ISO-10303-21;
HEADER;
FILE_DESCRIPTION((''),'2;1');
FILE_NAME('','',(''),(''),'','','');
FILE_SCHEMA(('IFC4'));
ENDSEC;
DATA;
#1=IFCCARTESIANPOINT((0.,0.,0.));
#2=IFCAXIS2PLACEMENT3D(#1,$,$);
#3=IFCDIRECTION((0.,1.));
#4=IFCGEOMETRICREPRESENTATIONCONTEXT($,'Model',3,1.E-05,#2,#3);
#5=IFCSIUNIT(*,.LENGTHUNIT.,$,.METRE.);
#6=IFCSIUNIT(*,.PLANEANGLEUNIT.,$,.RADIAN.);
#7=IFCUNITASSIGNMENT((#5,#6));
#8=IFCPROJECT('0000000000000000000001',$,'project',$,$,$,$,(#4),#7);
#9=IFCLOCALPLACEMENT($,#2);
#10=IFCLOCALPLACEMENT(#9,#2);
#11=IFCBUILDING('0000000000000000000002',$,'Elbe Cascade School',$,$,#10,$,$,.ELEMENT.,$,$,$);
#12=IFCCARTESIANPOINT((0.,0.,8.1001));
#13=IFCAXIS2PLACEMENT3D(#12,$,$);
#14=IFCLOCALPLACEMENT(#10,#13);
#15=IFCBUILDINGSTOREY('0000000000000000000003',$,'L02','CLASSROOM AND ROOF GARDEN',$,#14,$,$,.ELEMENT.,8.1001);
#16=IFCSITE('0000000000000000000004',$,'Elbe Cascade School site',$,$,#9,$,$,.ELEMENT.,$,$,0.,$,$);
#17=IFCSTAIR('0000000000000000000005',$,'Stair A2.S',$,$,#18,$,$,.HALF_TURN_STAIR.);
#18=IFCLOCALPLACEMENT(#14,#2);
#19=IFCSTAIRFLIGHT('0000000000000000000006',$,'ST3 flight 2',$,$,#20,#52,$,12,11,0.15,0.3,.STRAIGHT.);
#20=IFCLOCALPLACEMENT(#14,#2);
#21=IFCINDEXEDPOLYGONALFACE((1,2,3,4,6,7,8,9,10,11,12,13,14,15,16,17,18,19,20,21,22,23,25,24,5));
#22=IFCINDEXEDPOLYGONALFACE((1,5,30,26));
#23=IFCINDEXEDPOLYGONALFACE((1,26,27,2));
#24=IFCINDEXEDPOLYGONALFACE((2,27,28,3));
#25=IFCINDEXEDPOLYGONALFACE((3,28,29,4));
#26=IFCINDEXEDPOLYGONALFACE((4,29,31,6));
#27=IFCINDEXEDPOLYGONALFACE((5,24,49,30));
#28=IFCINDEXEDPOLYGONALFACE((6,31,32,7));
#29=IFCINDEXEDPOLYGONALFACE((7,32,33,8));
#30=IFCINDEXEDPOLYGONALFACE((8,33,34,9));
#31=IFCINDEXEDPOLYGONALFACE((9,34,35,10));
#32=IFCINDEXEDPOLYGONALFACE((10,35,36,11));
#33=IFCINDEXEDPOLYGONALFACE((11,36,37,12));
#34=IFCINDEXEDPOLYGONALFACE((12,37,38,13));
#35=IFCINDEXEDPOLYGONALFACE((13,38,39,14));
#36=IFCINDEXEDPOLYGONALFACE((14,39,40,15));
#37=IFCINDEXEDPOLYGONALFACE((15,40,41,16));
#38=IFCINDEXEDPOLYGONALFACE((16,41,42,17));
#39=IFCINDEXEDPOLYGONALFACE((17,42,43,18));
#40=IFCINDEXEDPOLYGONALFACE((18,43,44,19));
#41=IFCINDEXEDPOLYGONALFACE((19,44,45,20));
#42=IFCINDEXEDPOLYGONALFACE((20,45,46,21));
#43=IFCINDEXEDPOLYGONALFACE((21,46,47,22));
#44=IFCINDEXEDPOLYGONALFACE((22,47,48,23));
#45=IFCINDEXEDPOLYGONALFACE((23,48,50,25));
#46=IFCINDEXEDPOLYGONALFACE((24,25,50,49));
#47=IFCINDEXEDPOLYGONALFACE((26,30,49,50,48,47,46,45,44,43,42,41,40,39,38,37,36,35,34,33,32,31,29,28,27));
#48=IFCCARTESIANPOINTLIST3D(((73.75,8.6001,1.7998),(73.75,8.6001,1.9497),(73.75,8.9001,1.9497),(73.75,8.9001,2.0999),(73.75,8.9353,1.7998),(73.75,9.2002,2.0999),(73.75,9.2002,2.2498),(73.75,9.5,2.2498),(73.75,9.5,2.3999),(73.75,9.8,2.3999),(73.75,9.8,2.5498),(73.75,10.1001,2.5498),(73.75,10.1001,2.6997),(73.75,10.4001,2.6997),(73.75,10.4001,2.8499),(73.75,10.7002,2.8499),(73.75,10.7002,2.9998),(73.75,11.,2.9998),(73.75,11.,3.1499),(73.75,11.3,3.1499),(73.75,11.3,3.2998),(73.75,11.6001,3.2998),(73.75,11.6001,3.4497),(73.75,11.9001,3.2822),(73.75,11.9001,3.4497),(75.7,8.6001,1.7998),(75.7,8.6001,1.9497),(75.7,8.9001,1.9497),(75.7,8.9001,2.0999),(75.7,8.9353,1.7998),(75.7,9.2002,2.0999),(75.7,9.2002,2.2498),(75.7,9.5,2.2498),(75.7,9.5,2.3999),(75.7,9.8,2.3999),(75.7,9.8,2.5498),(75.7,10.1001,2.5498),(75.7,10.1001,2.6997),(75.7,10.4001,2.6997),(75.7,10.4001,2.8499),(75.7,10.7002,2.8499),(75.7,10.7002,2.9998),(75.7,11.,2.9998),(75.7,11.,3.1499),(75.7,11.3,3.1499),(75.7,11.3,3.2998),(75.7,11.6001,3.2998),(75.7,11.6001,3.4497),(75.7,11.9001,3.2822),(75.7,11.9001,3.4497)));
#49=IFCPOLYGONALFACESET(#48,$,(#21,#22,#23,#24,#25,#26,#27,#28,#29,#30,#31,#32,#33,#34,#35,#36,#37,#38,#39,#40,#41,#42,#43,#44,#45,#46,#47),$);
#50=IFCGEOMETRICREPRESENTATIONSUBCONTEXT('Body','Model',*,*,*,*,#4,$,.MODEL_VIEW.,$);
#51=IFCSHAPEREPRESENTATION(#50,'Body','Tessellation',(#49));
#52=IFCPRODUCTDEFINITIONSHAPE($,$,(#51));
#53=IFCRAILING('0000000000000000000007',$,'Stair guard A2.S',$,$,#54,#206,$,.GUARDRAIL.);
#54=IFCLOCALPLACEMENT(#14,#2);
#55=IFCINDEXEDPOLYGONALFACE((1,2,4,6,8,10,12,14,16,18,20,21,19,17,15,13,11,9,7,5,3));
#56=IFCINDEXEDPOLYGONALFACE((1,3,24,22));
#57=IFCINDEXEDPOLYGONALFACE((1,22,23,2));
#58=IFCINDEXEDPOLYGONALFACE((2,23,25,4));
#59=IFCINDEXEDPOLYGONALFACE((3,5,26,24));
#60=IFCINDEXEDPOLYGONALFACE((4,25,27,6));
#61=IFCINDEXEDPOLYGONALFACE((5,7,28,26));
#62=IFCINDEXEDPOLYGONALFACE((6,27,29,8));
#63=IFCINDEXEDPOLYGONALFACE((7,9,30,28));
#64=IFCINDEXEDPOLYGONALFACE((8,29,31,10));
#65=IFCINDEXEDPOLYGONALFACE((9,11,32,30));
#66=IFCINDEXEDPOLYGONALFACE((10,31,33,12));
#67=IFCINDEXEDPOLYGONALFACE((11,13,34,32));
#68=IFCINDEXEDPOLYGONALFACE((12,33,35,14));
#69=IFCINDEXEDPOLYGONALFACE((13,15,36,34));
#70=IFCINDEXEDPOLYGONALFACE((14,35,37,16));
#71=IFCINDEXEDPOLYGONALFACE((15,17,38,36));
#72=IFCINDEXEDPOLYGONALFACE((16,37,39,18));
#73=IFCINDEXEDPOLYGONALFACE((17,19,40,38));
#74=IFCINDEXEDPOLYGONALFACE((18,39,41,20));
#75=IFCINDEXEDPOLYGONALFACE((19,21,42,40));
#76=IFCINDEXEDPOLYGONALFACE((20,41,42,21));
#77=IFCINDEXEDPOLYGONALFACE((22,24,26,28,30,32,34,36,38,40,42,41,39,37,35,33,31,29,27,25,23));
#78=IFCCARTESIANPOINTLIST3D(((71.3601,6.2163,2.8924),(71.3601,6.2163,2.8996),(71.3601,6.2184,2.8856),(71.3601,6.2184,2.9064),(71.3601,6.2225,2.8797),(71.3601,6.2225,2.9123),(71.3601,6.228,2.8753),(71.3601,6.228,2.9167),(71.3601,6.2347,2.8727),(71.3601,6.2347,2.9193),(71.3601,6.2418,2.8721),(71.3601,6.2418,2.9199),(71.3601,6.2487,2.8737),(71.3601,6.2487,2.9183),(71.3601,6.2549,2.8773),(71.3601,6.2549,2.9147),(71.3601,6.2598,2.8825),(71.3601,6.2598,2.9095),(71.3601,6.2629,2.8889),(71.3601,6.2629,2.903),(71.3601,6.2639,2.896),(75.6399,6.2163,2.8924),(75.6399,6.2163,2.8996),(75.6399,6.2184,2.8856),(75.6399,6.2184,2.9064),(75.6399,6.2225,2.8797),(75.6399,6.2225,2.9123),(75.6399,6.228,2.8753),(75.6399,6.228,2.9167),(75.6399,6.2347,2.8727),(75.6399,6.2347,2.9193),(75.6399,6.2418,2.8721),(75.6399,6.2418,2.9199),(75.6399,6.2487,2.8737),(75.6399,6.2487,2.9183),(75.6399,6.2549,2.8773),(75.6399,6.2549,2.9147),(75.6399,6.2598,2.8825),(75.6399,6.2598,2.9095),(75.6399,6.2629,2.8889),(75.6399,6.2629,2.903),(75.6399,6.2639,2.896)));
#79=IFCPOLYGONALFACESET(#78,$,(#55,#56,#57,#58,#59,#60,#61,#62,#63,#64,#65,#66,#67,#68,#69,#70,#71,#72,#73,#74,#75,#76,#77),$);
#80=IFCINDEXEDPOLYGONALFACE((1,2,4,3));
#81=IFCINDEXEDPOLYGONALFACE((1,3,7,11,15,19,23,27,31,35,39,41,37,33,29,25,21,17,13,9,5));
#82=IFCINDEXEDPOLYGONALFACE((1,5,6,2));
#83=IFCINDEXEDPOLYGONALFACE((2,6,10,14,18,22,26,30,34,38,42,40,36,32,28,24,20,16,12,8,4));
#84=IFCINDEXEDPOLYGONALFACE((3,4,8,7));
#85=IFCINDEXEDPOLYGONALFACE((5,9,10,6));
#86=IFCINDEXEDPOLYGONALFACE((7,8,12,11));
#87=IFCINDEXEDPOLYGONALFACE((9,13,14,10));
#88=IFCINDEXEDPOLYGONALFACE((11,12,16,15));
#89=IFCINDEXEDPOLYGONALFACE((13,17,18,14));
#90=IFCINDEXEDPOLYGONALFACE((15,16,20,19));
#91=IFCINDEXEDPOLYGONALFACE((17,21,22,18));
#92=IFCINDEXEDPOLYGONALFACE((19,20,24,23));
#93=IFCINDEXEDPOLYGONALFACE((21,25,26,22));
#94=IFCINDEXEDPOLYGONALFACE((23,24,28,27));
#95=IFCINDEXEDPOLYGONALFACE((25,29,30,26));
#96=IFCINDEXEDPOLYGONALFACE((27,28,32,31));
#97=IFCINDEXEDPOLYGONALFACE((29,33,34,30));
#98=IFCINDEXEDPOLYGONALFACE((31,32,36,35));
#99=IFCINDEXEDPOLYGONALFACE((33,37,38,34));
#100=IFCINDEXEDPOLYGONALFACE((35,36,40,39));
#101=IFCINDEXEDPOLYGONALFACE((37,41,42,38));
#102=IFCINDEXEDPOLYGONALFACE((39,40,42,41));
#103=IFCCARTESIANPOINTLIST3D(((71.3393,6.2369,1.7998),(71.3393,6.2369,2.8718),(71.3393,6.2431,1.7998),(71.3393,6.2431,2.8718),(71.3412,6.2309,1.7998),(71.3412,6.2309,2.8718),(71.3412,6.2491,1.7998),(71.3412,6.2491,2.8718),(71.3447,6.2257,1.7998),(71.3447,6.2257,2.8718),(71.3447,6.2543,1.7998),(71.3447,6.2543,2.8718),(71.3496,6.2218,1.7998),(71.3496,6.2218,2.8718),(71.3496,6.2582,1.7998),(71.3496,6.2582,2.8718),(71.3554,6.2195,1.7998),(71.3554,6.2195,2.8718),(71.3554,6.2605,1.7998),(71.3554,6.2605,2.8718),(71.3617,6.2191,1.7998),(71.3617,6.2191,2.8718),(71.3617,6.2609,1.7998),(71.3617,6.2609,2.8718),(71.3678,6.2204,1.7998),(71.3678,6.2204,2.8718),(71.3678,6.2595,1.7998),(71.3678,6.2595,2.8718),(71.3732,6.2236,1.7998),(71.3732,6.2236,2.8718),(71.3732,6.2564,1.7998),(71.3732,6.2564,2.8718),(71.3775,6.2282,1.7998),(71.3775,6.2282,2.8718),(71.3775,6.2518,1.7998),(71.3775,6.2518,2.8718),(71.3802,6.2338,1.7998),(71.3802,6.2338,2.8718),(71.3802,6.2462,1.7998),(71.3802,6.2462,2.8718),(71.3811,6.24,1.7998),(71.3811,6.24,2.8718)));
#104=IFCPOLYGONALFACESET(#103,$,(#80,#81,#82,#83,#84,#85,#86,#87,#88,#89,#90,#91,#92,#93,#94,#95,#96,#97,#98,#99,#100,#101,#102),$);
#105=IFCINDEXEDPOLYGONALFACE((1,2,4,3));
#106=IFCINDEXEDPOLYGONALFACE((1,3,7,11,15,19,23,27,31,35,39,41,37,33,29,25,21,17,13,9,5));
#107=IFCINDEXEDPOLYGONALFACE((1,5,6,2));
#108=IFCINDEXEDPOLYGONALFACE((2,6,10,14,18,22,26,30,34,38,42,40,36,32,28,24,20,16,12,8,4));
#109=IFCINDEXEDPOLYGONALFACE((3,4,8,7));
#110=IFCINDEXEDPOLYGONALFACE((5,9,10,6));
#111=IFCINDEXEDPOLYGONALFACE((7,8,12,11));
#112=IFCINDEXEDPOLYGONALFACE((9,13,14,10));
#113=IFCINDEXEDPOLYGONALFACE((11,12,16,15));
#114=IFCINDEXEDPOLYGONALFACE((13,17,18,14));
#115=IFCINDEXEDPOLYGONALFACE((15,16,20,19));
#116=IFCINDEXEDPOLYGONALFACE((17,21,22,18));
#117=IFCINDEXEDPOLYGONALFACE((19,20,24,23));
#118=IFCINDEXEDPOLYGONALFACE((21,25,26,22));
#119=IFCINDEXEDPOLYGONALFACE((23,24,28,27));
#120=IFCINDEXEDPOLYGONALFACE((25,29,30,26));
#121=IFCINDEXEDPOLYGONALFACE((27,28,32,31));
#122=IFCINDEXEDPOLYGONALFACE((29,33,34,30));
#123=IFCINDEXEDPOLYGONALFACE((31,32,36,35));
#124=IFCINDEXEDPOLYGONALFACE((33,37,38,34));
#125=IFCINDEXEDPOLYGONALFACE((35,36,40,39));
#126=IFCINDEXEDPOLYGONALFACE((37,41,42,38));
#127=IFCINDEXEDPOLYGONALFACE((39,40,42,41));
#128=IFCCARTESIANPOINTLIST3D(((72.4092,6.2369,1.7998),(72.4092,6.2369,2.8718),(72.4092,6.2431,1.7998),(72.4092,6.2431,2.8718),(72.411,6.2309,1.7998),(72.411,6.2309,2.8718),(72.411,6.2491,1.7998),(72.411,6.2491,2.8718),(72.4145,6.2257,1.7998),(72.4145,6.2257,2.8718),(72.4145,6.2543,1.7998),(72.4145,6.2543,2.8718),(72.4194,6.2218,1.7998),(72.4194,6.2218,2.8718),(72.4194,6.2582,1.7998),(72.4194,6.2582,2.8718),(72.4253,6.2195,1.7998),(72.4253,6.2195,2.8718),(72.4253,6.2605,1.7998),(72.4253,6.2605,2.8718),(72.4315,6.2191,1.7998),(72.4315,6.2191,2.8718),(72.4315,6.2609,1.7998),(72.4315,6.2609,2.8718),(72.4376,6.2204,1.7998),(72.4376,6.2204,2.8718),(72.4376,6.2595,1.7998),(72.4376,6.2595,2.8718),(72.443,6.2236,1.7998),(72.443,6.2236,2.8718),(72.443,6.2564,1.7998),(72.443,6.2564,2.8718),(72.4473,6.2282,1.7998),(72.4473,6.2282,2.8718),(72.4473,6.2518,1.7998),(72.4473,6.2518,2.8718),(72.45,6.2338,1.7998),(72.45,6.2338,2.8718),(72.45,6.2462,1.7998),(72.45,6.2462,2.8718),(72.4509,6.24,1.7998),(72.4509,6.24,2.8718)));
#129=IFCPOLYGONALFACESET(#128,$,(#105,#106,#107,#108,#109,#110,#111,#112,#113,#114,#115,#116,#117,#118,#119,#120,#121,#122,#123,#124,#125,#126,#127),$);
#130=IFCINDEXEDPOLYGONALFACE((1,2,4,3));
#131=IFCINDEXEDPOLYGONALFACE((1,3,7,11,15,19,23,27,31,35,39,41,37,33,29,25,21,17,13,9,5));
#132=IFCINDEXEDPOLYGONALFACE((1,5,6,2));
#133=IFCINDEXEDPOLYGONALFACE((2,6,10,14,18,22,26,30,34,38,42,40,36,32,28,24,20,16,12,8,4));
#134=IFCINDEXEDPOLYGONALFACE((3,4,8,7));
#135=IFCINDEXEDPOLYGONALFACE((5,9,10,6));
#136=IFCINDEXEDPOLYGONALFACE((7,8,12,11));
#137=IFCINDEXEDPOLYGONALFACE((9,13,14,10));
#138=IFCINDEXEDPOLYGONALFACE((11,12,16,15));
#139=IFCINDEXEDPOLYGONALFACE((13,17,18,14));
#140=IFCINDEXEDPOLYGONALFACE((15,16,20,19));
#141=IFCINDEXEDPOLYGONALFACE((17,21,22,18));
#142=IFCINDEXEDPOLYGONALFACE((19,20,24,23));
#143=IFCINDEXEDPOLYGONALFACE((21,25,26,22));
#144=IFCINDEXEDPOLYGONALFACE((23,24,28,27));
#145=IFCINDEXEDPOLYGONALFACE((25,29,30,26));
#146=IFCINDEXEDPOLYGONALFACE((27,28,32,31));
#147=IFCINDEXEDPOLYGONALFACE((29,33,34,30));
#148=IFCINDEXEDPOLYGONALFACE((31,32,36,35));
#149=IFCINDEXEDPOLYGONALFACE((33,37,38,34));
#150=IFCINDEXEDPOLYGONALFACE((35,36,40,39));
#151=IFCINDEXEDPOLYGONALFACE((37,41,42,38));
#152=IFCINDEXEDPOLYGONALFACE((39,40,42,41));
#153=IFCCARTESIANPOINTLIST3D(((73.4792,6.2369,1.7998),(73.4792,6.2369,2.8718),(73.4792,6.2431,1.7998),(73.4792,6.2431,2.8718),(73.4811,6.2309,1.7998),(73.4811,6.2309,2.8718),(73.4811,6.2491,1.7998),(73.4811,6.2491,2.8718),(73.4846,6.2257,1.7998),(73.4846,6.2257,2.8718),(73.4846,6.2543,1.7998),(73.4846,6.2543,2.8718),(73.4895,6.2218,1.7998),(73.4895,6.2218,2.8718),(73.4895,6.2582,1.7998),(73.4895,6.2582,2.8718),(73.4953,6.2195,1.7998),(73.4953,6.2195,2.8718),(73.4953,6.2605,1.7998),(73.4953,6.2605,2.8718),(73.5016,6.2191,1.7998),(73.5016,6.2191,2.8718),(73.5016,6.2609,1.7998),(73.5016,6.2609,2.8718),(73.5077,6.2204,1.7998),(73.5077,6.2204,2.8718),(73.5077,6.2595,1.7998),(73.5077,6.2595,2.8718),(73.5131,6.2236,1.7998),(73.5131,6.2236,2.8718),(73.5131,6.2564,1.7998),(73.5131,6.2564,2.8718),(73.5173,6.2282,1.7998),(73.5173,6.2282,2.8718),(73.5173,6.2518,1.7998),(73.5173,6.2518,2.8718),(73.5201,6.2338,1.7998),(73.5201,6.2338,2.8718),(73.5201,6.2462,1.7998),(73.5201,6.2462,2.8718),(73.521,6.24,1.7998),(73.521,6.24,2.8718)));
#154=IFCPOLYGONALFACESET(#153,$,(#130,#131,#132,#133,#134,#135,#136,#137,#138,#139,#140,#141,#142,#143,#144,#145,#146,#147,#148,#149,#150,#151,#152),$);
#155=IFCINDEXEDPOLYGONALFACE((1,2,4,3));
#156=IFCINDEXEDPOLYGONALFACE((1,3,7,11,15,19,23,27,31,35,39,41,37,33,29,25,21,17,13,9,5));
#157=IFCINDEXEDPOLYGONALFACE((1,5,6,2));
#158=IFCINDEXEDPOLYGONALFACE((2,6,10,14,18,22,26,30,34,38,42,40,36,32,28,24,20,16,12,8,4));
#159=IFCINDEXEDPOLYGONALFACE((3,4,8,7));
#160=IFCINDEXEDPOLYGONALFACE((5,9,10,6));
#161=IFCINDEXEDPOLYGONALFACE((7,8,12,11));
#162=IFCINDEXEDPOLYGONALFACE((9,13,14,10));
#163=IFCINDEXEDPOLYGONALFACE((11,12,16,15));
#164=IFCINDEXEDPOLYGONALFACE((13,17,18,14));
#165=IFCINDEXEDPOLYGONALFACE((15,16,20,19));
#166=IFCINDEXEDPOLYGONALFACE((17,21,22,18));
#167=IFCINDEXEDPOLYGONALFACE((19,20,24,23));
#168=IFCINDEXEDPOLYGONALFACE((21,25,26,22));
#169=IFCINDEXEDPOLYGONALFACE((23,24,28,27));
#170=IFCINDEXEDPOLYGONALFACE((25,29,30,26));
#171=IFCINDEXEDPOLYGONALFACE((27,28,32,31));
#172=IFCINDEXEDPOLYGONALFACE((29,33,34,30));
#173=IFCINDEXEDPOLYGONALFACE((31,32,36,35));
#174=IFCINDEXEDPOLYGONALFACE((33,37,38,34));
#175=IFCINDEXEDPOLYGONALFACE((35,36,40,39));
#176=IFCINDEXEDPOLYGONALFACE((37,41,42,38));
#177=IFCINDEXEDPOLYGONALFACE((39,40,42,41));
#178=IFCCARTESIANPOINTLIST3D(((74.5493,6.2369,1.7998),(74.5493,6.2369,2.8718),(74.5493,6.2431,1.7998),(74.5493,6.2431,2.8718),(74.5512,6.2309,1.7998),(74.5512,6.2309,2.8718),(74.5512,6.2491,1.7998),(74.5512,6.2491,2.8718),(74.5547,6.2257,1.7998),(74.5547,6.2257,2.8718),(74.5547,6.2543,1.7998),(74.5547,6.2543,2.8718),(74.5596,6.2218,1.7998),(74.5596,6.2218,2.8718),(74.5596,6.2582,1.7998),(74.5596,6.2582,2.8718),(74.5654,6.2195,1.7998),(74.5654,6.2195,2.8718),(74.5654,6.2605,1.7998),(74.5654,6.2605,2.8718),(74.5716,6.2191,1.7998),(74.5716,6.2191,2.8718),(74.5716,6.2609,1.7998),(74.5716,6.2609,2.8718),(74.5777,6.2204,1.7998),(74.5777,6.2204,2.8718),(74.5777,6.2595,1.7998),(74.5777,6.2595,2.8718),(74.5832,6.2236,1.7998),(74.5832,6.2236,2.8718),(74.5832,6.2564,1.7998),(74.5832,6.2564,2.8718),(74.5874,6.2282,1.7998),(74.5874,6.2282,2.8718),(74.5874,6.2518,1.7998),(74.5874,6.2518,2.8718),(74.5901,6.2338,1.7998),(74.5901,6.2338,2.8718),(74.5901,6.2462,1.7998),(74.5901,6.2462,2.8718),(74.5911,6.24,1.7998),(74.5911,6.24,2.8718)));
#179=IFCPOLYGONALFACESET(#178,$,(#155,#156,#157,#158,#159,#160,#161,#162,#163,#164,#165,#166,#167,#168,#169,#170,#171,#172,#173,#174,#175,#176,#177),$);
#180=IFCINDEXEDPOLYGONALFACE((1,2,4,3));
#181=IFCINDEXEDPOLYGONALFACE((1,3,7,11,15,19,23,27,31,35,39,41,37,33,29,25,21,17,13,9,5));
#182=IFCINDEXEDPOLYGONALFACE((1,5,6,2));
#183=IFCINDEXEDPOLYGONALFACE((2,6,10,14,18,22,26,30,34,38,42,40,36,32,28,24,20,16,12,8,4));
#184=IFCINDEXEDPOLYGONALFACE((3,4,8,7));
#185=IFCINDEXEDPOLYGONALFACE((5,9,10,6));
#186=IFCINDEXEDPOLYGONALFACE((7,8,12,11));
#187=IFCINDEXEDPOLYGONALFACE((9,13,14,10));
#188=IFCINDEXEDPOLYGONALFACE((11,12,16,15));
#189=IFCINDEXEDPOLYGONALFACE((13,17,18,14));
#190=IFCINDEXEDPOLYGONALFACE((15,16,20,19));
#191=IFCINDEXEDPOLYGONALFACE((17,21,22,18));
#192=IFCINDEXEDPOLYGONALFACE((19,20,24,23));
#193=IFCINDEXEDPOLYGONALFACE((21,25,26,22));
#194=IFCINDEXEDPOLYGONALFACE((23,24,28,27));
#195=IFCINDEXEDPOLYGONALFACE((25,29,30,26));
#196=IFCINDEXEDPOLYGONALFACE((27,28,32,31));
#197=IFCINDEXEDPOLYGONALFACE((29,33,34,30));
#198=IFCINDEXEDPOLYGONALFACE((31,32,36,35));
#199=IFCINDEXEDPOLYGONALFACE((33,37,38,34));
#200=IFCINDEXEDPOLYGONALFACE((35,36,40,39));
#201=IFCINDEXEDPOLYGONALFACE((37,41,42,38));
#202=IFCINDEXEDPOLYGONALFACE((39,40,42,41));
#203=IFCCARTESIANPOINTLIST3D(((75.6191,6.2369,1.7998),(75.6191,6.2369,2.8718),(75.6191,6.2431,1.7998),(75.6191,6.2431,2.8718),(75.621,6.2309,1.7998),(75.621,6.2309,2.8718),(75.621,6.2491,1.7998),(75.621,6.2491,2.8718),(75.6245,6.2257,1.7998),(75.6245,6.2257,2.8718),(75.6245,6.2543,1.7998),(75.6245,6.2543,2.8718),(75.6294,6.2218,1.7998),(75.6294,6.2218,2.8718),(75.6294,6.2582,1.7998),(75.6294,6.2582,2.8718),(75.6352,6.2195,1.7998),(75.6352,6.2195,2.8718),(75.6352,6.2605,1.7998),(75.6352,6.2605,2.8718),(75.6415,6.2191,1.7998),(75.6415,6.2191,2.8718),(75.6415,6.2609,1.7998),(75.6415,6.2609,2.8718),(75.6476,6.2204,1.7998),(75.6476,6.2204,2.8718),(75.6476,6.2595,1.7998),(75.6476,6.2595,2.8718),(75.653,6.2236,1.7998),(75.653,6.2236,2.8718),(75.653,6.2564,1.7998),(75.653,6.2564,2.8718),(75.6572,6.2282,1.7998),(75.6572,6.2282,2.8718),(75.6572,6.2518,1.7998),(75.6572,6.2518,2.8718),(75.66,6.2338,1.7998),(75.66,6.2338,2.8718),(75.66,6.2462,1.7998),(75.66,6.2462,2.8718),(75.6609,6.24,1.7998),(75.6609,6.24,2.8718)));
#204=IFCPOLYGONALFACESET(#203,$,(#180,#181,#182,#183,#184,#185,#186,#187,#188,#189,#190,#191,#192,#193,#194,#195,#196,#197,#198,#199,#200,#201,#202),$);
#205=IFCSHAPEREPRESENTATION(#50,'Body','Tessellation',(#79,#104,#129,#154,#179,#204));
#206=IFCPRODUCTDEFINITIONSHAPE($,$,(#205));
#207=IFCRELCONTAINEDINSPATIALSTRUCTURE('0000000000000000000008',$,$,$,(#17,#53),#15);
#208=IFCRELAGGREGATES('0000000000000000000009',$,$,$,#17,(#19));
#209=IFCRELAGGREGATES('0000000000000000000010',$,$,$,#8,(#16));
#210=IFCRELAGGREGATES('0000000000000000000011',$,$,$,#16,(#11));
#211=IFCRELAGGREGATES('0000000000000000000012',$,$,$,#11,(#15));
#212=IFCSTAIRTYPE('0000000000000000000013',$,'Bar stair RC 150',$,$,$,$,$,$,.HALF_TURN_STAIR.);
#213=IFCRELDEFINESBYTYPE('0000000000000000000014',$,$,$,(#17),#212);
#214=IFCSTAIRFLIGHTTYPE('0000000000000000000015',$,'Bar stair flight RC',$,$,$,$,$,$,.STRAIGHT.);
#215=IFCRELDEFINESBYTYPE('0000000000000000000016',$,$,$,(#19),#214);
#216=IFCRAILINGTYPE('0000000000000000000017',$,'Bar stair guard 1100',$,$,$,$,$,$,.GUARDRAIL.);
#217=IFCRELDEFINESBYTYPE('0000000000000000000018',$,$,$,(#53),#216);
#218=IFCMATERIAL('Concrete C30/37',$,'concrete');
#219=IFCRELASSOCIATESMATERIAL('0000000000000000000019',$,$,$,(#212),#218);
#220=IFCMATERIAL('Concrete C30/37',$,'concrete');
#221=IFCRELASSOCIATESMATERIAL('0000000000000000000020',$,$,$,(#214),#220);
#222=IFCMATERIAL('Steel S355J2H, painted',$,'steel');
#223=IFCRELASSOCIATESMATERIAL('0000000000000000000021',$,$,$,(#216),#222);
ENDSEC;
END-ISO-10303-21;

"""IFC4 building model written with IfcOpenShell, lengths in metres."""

from ifc_helpers import new_model, si_unit, direction, frame, origin, origin_2d, place, context, subcontext, project, spatial, polyline, circle, outline, extrude, material, type_object, element, aggregate, save


model = new_model("IFC4")

# Units and contexts
model_context = context("Model", 3, precision=1e-05, world=origin(), true_north=direction((0.0, 1.0)))
body_context = subcontext(model_context, "Body", "Model", "MODEL_VIEW")
ifc_project = project(units=[si_unit("LENGTHUNIT", "METRE"), si_unit("PLANEANGLEUNIT", "RADIAN")], contexts=[model_context])

# Site, building, storey
site_placement = place(None, origin())
site = spatial("IfcSite", under=ifc_project, at=site_placement, Name="Elbe Cascade School site", CompositionType="ELEMENT", RefElevation=0.0)
building_placement = place(site_placement, origin())
building = spatial("IfcBuilding", under=site, at=building_placement, Name="Elbe Cascade School", CompositionType="ELEMENT")
storey_placement = place(building_placement, frame((0.0, 0.0, 8.1001)))
storey = spatial("IfcBuildingStorey", under=building, at=storey_placement, Name="L02", Description="CLASSROOM AND ROOF GARDEN", CompositionType="ELEMENT", Elevation=8.1001)

# Stair, stair flight
ifc_material_1 = material(Name="Concrete C30/37", Category="concrete")
stair_type = type_object("IfcStairType", Name="Bar stair RC 150", PredefinedType="HALF_TURN_STAIR", material=ifc_material_1)
stair_placement = place(storey_placement, origin())
stair = element("IfcStair", 1, at=stair_placement, inside=storey, type_object=stair_type, Name="Stair A2.S", PredefinedType="HALF_TURN_STAIR")
ifc_material_2 = material(Name="Concrete C30/37", Category="concrete")
stair_flight_type = type_object("IfcStairFlightType", Name="Bar stair flight RC", PredefinedType="STRAIGHT", material=ifc_material_2)
stair_flight_1_placement = place(storey_placement, frame((74.7251, 8.6001, 1.7998), z_axis=(0.0, 0.0, 1.0), x_axis=(0.0, 1.0, 0.0)))
stair_flight_1 = element("IfcStairFlight", 2, at=stair_flight_1_placement, type_object=stair_flight_type, Name="ST3 flight 2", NumberOfRisers=12, NumberOfTreads=11, PredefinedType="STRAIGHT", RiserHeight=0.15, TreadLength=0.3, context=body_context, shape_type="SweptSolid", body=[
    extrude(outline(polyline([(0.0, 0.0), (0.0, 0.1499), (0.3, 0.1499), (0.3, 0.3), (0.6001, 0.3), (0.6001, 0.45), (0.8999, 0.45), (0.8999, 0.6001), (1.2, 0.6001), (1.2, 0.75), (1.5, 0.75), (1.5, 0.8999), (1.8, 0.8999), (1.8, 1.05), (2.1001, 1.05), (2.1001, 1.2), (2.3999, 1.2), (2.3999, 1.3501), (2.7, 1.3501), (2.7, 1.5), (3.0, 1.5), (3.0, 1.6499), (3.3, 1.6499), (3.3, 1.8), (3.3, 1.4824), (0.3352, 0.0), (0.0, 0.0)])), frame((0.0, 0.9751, 0.0), z_axis=(0.0, -1.0, 0.0), x_axis=(1.0, 0.0, 0.0)), (0.0, 0.0, 1.0), 1.95),
])
aggregate(stair, [stair_flight_1])

# Railing
ifc_material_3 = material(Name="Steel S355J2H, painted", Category="steel")
railing_type_1 = type_object("IfcRailingType", Name="Bar stair guard 1100", PredefinedType="GUARDRAIL", material=ifc_material_3)
railing_1_placement = place(storey_placement, frame((71.3601, 6.24, 1.7998)))
element("IfcRailing", 3, at=railing_1_placement, inside=storey, type_object=railing_type_1, Name="Stair guard A2.S", PredefinedType="GUARDRAIL", context=body_context, shape_type="SweptSolid", body=[
    extrude(circle(Radius=0.0239, at=origin_2d()), frame((0.0, 0.0, 1.0962), z_axis=(1.0, 0.0, 0.0), x_axis=(0.0, 1.0, 0.0)), (0.0, 0.0, 1.0), 4.2798),
    extrude(circle(Radius=0.021, at=origin_2d()), origin(), (0.0, 0.0, 1.0), 1.072),
    extrude(circle(Radius=0.021, at=origin_2d()), frame((1.0698, 0.0, 0.0)), (0.0, 0.0, 1.0), 1.072),
    extrude(circle(Radius=0.021, at=origin_2d()), frame((2.1399, 0.0, 0.0)), (0.0, 0.0, 1.0), 1.072),
    extrude(circle(Radius=0.021, at=origin_2d()), frame((3.21, 0.0, 0.0)), (0.0, 0.0, 1.0), 1.072),
    extrude(circle(Radius=0.021, at=origin_2d()), frame((4.2798, 0.0, 0.0)), (0.0, 0.0, 1.0), 1.072),
])

save(model, "model.ifc")
